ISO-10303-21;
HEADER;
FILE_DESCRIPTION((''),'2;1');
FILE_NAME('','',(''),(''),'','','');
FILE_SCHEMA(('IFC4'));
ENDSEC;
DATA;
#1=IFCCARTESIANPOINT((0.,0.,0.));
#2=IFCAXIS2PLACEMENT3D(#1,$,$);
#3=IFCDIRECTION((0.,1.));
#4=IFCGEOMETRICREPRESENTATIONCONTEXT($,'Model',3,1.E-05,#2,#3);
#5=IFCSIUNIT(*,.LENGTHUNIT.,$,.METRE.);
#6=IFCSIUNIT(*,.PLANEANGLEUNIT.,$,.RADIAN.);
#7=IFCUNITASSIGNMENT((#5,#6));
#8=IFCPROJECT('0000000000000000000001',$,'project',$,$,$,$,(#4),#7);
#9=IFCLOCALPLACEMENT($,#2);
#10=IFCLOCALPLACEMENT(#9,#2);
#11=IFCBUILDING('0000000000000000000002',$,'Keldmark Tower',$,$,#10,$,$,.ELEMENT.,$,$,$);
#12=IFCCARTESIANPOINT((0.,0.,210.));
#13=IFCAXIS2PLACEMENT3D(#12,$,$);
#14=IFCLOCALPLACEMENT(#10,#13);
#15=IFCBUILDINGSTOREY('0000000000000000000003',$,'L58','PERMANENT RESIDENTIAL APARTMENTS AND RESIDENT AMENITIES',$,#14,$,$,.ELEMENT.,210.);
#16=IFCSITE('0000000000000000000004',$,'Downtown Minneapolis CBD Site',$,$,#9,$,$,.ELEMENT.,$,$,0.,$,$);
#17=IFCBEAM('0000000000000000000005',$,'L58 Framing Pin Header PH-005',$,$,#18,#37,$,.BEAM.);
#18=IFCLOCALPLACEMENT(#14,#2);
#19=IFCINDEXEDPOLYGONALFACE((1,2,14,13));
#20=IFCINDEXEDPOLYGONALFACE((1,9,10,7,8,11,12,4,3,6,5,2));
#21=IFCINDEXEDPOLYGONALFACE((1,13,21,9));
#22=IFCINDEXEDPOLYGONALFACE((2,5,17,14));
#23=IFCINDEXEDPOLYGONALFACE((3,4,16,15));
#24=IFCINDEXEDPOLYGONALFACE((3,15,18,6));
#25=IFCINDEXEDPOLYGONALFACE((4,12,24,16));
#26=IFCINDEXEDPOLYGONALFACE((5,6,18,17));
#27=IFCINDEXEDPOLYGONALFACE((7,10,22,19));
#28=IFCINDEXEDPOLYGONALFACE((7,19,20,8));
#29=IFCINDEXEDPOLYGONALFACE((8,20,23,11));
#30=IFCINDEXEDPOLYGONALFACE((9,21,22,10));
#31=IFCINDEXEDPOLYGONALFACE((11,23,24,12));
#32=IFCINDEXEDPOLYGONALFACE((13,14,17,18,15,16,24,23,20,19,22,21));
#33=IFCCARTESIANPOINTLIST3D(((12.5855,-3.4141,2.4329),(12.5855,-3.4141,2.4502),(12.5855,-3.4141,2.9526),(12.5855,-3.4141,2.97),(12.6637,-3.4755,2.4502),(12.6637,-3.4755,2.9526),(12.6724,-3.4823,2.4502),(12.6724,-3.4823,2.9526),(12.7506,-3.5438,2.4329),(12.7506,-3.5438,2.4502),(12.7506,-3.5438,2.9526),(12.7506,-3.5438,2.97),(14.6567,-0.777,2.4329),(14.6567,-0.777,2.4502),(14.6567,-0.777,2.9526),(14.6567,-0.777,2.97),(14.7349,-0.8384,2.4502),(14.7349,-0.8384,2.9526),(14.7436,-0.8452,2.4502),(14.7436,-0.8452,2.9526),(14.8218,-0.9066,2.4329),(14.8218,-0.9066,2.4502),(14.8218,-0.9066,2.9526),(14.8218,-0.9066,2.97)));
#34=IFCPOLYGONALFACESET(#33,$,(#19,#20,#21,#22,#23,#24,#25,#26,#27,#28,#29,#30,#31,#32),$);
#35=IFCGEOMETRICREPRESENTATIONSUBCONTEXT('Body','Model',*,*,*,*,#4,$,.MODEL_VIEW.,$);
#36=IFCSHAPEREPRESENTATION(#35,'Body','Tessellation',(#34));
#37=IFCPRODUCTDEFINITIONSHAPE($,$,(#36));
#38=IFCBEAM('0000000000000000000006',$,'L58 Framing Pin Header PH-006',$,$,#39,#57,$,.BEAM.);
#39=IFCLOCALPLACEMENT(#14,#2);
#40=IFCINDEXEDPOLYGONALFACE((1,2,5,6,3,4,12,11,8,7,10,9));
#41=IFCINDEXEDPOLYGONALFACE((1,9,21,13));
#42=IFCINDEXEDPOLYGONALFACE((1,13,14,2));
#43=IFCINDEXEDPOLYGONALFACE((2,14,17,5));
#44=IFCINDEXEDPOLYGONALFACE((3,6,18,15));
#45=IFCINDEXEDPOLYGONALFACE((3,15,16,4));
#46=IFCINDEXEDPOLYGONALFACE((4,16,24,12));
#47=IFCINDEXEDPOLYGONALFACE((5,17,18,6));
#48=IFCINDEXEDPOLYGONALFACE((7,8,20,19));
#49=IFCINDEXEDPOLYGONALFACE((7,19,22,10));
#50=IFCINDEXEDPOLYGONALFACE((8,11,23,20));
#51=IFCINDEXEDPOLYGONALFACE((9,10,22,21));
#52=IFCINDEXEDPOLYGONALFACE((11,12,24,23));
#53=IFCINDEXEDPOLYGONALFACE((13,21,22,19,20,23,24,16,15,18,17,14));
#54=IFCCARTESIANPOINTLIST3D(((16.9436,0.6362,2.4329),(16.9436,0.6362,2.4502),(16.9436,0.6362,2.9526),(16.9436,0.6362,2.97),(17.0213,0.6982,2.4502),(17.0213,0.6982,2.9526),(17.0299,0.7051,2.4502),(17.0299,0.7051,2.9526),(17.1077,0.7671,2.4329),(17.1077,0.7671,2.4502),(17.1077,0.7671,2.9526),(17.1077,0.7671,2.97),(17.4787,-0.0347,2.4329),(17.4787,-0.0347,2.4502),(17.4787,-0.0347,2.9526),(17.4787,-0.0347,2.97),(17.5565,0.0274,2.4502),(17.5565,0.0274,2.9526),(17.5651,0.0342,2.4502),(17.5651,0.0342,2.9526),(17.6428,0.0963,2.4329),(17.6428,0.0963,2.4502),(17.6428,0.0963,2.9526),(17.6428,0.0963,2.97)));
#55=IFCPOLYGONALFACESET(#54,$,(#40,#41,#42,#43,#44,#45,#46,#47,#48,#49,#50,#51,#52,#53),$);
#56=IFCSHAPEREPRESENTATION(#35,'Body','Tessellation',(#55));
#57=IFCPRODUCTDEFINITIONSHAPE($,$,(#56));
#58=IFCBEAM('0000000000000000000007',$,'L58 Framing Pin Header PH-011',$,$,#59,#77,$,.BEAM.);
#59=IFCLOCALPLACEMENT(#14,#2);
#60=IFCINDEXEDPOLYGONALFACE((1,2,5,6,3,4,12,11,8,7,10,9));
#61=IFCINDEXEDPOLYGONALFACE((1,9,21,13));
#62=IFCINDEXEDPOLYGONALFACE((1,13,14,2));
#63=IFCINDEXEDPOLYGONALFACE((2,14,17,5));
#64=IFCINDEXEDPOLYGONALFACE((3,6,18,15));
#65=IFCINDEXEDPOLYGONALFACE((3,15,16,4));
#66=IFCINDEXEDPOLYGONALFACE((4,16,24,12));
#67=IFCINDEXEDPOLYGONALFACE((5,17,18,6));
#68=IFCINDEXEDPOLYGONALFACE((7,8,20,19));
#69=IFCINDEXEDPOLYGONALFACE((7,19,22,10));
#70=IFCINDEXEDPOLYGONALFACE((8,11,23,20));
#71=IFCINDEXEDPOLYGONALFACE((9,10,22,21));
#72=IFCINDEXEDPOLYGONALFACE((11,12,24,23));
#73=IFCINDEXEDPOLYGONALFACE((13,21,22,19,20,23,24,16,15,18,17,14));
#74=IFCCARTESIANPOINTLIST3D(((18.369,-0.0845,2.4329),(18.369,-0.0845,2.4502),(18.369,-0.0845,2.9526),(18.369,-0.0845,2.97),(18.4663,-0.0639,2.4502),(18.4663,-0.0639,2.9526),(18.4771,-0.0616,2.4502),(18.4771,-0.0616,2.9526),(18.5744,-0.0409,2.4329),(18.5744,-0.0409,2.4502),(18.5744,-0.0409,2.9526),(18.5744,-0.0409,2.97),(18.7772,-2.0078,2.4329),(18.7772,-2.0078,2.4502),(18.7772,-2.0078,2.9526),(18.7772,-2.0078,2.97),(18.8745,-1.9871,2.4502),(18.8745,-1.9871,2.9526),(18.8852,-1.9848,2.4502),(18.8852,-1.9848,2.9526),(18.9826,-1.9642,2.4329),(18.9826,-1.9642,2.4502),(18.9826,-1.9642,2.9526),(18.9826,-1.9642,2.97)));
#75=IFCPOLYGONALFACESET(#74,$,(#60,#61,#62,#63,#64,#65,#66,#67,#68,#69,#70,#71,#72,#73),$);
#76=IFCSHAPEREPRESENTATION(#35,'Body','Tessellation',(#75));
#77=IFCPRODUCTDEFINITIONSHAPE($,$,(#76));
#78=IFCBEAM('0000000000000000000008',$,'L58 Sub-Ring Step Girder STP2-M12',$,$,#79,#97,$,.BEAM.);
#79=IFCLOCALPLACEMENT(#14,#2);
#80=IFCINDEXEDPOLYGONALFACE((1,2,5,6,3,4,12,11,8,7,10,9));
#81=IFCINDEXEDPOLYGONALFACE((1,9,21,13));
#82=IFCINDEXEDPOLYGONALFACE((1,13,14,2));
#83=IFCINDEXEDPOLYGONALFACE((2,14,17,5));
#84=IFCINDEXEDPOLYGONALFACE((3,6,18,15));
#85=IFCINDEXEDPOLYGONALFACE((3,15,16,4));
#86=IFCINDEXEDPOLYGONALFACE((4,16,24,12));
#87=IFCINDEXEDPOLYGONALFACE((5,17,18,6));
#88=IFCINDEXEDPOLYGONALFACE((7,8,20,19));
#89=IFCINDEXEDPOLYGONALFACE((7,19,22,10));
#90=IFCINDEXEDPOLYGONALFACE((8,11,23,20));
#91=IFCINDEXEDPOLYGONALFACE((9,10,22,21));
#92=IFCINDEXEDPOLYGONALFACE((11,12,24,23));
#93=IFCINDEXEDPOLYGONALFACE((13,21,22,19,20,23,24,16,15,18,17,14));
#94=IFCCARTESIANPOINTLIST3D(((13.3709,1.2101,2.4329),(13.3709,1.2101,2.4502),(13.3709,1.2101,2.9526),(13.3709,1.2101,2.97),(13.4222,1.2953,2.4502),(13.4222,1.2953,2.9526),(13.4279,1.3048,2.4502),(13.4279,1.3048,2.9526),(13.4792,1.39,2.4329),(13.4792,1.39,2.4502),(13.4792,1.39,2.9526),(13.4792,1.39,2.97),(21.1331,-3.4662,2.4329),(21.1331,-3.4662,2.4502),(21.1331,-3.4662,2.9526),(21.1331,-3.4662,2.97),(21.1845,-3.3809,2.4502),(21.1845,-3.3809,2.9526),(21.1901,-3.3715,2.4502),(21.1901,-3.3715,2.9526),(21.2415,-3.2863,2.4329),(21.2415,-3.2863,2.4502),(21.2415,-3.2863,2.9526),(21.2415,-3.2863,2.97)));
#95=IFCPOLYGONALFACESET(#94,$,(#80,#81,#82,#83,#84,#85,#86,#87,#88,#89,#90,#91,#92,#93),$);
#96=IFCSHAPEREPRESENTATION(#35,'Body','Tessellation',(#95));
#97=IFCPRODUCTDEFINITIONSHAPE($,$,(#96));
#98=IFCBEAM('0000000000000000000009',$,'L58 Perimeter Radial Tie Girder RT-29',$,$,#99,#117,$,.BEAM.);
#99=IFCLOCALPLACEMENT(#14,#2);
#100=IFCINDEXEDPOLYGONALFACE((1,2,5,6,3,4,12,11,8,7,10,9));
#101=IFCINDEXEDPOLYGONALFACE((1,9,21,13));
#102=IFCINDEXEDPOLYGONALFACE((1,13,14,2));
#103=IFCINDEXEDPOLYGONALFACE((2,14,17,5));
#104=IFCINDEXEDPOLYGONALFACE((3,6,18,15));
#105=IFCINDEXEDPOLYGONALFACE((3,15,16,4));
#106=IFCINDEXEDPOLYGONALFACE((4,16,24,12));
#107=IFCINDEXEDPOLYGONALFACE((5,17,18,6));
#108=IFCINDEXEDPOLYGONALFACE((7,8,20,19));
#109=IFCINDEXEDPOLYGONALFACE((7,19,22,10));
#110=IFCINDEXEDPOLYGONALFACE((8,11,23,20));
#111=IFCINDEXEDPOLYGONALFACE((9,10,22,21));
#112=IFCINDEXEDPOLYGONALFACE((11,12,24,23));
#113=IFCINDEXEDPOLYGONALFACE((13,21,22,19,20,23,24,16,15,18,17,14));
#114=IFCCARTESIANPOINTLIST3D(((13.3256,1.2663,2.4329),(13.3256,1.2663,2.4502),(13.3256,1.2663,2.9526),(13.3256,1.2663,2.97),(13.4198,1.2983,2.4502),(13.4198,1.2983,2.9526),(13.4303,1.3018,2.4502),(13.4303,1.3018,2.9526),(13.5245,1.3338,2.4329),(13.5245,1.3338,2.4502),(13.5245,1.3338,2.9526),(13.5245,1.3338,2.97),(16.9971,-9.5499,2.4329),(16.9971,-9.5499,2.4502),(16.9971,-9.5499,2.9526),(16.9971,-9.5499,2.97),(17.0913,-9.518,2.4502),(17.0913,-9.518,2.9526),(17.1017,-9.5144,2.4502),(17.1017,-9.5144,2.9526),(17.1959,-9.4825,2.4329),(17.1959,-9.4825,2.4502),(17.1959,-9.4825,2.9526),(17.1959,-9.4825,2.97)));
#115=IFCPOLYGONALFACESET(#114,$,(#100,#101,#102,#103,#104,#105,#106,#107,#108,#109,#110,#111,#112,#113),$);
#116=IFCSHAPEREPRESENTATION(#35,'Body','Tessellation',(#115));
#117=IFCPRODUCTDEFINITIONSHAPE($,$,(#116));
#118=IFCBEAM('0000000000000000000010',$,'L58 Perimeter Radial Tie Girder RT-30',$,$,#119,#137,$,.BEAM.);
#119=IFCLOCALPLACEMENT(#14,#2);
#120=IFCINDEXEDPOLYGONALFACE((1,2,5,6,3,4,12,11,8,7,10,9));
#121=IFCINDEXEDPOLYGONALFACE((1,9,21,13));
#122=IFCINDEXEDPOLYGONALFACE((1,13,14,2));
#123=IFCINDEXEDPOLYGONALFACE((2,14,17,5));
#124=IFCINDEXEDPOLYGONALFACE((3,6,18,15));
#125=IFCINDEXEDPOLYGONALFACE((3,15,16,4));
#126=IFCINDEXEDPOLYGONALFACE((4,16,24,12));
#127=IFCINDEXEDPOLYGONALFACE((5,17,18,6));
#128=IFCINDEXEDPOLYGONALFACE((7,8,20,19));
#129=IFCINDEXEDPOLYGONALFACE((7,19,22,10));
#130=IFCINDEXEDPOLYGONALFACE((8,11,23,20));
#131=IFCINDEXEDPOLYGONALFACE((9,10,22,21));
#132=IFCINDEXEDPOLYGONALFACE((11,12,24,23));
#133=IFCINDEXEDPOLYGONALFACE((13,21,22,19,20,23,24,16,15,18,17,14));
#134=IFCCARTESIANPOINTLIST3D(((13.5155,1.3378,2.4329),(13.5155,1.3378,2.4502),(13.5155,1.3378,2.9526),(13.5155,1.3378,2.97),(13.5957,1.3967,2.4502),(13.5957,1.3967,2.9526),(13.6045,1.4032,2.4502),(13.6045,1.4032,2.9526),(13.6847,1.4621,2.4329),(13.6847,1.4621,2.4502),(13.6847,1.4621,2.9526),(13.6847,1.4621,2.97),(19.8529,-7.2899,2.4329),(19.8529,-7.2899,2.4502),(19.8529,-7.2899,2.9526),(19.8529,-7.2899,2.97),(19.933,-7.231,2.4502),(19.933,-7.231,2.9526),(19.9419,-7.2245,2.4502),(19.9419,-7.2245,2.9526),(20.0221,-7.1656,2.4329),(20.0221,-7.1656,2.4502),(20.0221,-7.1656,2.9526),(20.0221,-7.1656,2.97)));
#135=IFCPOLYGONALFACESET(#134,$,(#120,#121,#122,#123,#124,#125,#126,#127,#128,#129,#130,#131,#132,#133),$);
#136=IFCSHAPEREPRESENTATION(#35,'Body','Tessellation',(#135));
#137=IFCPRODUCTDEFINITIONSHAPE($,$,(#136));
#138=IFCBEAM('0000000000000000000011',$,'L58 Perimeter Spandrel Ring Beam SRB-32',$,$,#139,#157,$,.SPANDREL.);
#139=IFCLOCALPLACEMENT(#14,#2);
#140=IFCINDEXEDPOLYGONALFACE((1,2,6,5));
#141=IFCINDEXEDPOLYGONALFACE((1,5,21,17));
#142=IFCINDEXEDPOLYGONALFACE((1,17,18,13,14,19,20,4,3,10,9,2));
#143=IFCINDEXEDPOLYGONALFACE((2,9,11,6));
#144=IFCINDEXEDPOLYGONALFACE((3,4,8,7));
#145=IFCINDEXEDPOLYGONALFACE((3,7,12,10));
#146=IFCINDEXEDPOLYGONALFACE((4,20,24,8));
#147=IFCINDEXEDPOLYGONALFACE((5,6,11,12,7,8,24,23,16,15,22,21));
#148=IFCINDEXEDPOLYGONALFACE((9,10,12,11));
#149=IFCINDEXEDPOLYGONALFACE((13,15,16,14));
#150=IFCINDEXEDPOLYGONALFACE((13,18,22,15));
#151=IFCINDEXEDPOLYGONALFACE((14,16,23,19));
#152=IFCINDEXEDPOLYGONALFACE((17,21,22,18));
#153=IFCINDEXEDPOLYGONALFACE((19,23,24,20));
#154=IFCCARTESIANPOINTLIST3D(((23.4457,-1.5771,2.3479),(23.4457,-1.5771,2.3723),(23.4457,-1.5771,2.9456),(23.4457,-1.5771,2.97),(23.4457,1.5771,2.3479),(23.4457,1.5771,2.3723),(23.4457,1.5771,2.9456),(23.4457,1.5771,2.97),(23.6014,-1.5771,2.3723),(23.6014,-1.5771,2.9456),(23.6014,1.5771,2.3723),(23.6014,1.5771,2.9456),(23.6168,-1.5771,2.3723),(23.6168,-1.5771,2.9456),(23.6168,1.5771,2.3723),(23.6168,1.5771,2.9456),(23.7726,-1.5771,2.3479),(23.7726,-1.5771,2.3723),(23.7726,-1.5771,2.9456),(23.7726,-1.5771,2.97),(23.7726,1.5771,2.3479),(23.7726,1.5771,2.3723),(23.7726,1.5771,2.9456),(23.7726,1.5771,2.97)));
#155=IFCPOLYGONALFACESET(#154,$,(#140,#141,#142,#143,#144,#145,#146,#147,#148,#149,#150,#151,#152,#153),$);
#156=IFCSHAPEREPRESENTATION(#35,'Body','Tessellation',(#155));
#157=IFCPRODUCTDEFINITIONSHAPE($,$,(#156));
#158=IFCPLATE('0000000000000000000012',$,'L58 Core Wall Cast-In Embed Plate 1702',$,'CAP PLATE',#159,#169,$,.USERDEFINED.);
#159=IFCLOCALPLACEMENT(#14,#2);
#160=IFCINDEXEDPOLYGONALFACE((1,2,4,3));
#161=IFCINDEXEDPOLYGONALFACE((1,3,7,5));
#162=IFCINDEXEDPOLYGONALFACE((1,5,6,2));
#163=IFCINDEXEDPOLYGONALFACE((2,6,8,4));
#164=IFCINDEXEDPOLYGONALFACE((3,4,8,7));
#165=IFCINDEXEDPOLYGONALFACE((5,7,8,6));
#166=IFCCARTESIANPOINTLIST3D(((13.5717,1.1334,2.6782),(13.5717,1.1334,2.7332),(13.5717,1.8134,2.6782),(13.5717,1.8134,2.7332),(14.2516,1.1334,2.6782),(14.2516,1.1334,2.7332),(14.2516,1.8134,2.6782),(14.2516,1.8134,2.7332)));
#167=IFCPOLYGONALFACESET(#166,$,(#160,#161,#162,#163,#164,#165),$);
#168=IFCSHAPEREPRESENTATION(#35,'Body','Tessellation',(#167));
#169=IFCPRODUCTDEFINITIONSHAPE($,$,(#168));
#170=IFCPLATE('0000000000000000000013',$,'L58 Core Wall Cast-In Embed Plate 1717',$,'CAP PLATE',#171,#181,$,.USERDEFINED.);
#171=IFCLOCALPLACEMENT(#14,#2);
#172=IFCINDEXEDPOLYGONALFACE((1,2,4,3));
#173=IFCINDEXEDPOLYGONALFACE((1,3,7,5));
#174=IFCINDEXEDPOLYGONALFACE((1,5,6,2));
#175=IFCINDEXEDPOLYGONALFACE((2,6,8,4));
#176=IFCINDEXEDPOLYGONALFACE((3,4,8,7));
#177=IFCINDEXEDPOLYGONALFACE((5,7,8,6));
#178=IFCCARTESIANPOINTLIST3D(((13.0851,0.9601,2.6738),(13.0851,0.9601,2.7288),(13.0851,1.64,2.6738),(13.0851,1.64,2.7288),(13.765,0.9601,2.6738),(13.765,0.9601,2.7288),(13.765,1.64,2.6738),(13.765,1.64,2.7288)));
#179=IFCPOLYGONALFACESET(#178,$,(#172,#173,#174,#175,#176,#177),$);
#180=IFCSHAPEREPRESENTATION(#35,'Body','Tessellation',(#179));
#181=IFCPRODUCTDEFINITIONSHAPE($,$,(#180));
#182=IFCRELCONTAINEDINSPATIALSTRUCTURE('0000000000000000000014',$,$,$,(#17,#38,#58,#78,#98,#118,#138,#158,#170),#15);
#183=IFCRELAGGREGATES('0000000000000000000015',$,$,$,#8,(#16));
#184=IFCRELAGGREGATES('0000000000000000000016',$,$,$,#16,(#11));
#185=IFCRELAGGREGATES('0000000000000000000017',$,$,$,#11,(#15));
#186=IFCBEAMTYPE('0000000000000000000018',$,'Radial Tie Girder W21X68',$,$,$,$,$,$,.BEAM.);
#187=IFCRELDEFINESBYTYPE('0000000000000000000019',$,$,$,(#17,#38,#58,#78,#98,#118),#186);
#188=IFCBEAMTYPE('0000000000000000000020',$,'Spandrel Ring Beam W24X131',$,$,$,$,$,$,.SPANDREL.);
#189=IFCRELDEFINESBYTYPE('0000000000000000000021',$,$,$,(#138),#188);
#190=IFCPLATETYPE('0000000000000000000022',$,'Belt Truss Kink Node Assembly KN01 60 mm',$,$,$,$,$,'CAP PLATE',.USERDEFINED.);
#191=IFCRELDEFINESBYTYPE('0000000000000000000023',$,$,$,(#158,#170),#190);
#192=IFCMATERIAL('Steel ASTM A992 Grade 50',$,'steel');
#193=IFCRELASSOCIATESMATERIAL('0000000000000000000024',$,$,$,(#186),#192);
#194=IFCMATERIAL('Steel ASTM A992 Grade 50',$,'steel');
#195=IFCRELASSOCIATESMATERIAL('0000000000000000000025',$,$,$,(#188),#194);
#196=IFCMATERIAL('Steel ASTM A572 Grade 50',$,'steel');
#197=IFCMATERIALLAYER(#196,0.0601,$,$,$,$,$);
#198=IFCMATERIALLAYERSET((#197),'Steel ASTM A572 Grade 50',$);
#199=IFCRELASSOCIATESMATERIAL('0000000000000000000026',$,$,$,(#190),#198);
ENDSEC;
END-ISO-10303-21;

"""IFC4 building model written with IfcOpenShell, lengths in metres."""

from ifc_helpers import new_model, si_unit, direction, frame, origin, origin_2d, place, context, subcontext, project, spatial, rectangle, i_section, extrude, material, layer, layer_set, material_profile, profile_set, type_object, element, save


model = new_model("IFC4")

# Units and contexts
model_context = context("Model", 3, precision=1e-05, world=origin(), true_north=direction((0.0, 1.0)))
body_context = subcontext(model_context, "Body", "Model", "MODEL_VIEW")
ifc_project = project(units=[si_unit("LENGTHUNIT", "METRE"), si_unit("PLANEANGLEUNIT", "RADIAN")], contexts=[model_context])

# Site, building, storey
site_placement = place(None, origin())
site = spatial("IfcSite", under=ifc_project, at=site_placement, Name="Downtown Minneapolis CBD Site", CompositionType="ELEMENT", RefElevation=0.0)
building_placement = place(site_placement, origin())
building = spatial("IfcBuilding", under=site, at=building_placement, Name="Keldmark Tower", CompositionType="ELEMENT")
storey_placement = place(building_placement, frame((0.0, 0.0, 210.0)))
storey = spatial("IfcBuildingStorey", under=building, at=storey_placement, Name="L58", Description="PERMANENT RESIDENTIAL APARTMENTS AND RESIDENT AMENITIES", CompositionType="ELEMENT", Elevation=210.0)

# Beams
ifc_material_1 = material(Name="Steel ASTM A992 Grade 50", Category="steel")
ifc_material_profile_1 = material_profile(ifc_material_1, i_section(OverallWidth=0.21, OverallDepth=0.5371, WebThickness=0.011, FlangeThickness=0.0173, at=origin_2d()), Name="W21X68")
ifc_profile_set_1 = profile_set([ifc_material_profile_1], Name="Steel ASTM A992 Grade 50")
beam_type_1 = type_object("IfcBeamType", Name="Radial Tie Girder W21X68", PredefinedType="BEAM", material=ifc_profile_set_1)
beam_1_placement = place(storey_placement, frame((14.7393, -0.8418, 2.7014), z_axis=(-0.617674, -0.786435, 0.0), x_axis=(0.786435, -0.617674, 0.0)))
element("IfcBeam", 1, at=beam_1_placement, inside=storey, type_object=beam_type_1, Name="L58 Framing Pin Header PH-005", PredefinedType="BEAM", context=body_context, shape_type="SweptSolid", body=[
    extrude(i_section(OverallWidth=0.21, OverallDepth=0.5371, WebThickness=0.011, FlangeThickness=0.0173, at=origin_2d()), origin(), (0.0, 0.0, 1.0), 3.3533),
])
beam_2_placement = place(storey_placement, frame((17.0256, 0.7017, 2.7014), z_axis=(0.623584, -0.781756, 0.0), x_axis=(0.781756, 0.623584, 0.0)))
element("IfcBeam", 2, at=beam_2_placement, inside=storey, type_object=beam_type_1, Name="L58 Framing Pin Header PH-006", PredefinedType="BEAM", context=body_context, shape_type="SweptSolid", body=[
    extrude(i_section(OverallWidth=0.21, OverallDepth=0.5371, WebThickness=0.011, FlangeThickness=0.0173, at=origin_2d()), origin(), (0.0, 0.0, 1.0), 0.8582),
])
beam_3_placement = place(storey_placement, frame((18.4717, -0.0627, 2.7014), z_axis=(0.207612, -0.978211, 0.0), x_axis=(0.978211, 0.207612, 0.0)))
element("IfcBeam", 3, at=beam_3_placement, inside=storey, type_object=beam_type_1, Name="L58 Framing Pin Header PH-011", PredefinedType="BEAM", context=body_context, shape_type="SweptSolid", body=[
    extrude(i_section(OverallWidth=0.21, OverallDepth=0.5371, WebThickness=0.011, FlangeThickness=0.0173, at=origin_2d()), origin(), (0.0, 0.0, 1.0), 1.9661),
])
beam_4_placement = place(storey_placement, frame((13.425, 1.3, 2.7014), z_axis=(0.856569, -0.516032, 0.0), x_axis=(0.516032, 0.856569, 0.0)))
element("IfcBeam", 4, at=beam_4_placement, inside=storey, type_object=beam_type_1, Name="L58 Sub-Ring Step Girder STP2-M12", PredefinedType="BEAM", context=body_context, shape_type="SweptSolid", body=[
    extrude(i_section(OverallWidth=0.21, OverallDepth=0.5371, WebThickness=0.011, FlangeThickness=0.0173, at=origin_2d()), origin(), (0.0, 0.0, 1.0), 9.062),
])
beam_5_placement = place(storey_placement, frame((13.425, 1.3, 2.7014), z_axis=(0.321423, -0.946936, 0.0), x_axis=(0.946936, 0.321423, 0.0)))
element("IfcBeam", 5, at=beam_5_placement, inside=storey, type_object=beam_type_1, Name="L58 Perimeter Radial Tie Girder RT-29", PredefinedType="BEAM", context=body_context, shape_type="SweptSolid", body=[
    extrude(i_section(OverallWidth=0.21, OverallDepth=0.5371, WebThickness=0.011, FlangeThickness=0.0173, at=origin_2d()), origin(), (0.0, 0.0, 1.0), 11.4224),
])
beam_6_placement = place(storey_placement, frame((13.6001, 1.3999, 2.7014), z_axis=(0.591997, -0.80594, 0.0), x_axis=(0.80594, 0.591997, 0.0)))
element("IfcBeam", 6, at=beam_6_placement, inside=storey, type_object=beam_type_1, Name="L58 Perimeter Radial Tie Girder RT-30", PredefinedType="BEAM", context=body_context, shape_type="SweptSolid", body=[
    extrude(i_section(OverallWidth=0.21, OverallDepth=0.5371, WebThickness=0.011, FlangeThickness=0.0173, at=origin_2d()), origin(), (0.0, 0.0, 1.0), 10.7051),
])
ifc_material_2 = material(Name="Steel ASTM A992 Grade 50", Category="steel")
ifc_material_profile_2 = material_profile(ifc_material_2, i_section(OverallWidth=0.3269, OverallDepth=0.6221, WebThickness=0.0154, FlangeThickness=0.0244, at=origin_2d()), Name="W24X131")
ifc_profile_set_2 = profile_set([ifc_material_profile_2], Name="Steel ASTM A992 Grade 50")
beam_type_2 = type_object("IfcBeamType", Name="Spandrel Ring Beam W24X131", PredefinedType="SPANDREL", material=ifc_profile_set_2)
beam_7_placement = place(storey_placement, frame((23.6091, -1.5771, 2.6589), z_axis=(0.0, 1.0, 0.0), x_axis=(-1.0, 0.0, 0.0)))
element("IfcBeam", 7, at=beam_7_placement, inside=storey, type_object=beam_type_2, Name="L58 Perimeter Spandrel Ring Beam SRB-32", PredefinedType="SPANDREL", context=body_context, shape_type="SweptSolid", body=[
    extrude(i_section(OverallWidth=0.3269, OverallDepth=0.6221, WebThickness=0.0154, FlangeThickness=0.0244, at=origin_2d()), origin(), (0.0, 0.0, 1.0), 3.1543),
])

# Plates
ifc_material_3 = material(Name="Steel ASTM A572 Grade 50", Category="steel")
ifc_layer_1 = layer(ifc_material_3, 0.0601)
ifc_layer_set_1 = layer_set([ifc_layer_1], Name="Steel ASTM A572 Grade 50")
plate_type_1 = type_object("IfcPlateType", Name="Belt Truss Kink Node Assembly KN01 60 mm", ElementType="CAP PLATE", PredefinedType="USERDEFINED", material=ifc_layer_set_1)
for number, where, z_axis, x_axis, name in (
    (8, (13.9116, 1.4734, 2.6782), (0.0, 0.0, 1.0), (1.0, 0.0, 0.0), "L58 Core Wall Cast-In Embed Plate 1702"),
    (9, (13.425, 1.3, 2.6738), (0.0, 0.0, 1.0), (1.0, 0.0, 0.0), "L58 Core Wall Cast-In Embed Plate 1717"),
):
    element("IfcPlate", number, at=place(storey_placement, frame(where, z_axis=z_axis, x_axis=x_axis)), inside=storey, type_object=plate_type_1, Name=name, ObjectType="CAP PLATE", PredefinedType="USERDEFINED", context=body_context, shape_type="SweptSolid", body=[
        extrude(rectangle(XDim=0.6799, YDim=0.6799, at=origin_2d()), origin(), (0.0, 0.0, 1.0), 0.0549),
    ])

save(model, "model.ifc")
